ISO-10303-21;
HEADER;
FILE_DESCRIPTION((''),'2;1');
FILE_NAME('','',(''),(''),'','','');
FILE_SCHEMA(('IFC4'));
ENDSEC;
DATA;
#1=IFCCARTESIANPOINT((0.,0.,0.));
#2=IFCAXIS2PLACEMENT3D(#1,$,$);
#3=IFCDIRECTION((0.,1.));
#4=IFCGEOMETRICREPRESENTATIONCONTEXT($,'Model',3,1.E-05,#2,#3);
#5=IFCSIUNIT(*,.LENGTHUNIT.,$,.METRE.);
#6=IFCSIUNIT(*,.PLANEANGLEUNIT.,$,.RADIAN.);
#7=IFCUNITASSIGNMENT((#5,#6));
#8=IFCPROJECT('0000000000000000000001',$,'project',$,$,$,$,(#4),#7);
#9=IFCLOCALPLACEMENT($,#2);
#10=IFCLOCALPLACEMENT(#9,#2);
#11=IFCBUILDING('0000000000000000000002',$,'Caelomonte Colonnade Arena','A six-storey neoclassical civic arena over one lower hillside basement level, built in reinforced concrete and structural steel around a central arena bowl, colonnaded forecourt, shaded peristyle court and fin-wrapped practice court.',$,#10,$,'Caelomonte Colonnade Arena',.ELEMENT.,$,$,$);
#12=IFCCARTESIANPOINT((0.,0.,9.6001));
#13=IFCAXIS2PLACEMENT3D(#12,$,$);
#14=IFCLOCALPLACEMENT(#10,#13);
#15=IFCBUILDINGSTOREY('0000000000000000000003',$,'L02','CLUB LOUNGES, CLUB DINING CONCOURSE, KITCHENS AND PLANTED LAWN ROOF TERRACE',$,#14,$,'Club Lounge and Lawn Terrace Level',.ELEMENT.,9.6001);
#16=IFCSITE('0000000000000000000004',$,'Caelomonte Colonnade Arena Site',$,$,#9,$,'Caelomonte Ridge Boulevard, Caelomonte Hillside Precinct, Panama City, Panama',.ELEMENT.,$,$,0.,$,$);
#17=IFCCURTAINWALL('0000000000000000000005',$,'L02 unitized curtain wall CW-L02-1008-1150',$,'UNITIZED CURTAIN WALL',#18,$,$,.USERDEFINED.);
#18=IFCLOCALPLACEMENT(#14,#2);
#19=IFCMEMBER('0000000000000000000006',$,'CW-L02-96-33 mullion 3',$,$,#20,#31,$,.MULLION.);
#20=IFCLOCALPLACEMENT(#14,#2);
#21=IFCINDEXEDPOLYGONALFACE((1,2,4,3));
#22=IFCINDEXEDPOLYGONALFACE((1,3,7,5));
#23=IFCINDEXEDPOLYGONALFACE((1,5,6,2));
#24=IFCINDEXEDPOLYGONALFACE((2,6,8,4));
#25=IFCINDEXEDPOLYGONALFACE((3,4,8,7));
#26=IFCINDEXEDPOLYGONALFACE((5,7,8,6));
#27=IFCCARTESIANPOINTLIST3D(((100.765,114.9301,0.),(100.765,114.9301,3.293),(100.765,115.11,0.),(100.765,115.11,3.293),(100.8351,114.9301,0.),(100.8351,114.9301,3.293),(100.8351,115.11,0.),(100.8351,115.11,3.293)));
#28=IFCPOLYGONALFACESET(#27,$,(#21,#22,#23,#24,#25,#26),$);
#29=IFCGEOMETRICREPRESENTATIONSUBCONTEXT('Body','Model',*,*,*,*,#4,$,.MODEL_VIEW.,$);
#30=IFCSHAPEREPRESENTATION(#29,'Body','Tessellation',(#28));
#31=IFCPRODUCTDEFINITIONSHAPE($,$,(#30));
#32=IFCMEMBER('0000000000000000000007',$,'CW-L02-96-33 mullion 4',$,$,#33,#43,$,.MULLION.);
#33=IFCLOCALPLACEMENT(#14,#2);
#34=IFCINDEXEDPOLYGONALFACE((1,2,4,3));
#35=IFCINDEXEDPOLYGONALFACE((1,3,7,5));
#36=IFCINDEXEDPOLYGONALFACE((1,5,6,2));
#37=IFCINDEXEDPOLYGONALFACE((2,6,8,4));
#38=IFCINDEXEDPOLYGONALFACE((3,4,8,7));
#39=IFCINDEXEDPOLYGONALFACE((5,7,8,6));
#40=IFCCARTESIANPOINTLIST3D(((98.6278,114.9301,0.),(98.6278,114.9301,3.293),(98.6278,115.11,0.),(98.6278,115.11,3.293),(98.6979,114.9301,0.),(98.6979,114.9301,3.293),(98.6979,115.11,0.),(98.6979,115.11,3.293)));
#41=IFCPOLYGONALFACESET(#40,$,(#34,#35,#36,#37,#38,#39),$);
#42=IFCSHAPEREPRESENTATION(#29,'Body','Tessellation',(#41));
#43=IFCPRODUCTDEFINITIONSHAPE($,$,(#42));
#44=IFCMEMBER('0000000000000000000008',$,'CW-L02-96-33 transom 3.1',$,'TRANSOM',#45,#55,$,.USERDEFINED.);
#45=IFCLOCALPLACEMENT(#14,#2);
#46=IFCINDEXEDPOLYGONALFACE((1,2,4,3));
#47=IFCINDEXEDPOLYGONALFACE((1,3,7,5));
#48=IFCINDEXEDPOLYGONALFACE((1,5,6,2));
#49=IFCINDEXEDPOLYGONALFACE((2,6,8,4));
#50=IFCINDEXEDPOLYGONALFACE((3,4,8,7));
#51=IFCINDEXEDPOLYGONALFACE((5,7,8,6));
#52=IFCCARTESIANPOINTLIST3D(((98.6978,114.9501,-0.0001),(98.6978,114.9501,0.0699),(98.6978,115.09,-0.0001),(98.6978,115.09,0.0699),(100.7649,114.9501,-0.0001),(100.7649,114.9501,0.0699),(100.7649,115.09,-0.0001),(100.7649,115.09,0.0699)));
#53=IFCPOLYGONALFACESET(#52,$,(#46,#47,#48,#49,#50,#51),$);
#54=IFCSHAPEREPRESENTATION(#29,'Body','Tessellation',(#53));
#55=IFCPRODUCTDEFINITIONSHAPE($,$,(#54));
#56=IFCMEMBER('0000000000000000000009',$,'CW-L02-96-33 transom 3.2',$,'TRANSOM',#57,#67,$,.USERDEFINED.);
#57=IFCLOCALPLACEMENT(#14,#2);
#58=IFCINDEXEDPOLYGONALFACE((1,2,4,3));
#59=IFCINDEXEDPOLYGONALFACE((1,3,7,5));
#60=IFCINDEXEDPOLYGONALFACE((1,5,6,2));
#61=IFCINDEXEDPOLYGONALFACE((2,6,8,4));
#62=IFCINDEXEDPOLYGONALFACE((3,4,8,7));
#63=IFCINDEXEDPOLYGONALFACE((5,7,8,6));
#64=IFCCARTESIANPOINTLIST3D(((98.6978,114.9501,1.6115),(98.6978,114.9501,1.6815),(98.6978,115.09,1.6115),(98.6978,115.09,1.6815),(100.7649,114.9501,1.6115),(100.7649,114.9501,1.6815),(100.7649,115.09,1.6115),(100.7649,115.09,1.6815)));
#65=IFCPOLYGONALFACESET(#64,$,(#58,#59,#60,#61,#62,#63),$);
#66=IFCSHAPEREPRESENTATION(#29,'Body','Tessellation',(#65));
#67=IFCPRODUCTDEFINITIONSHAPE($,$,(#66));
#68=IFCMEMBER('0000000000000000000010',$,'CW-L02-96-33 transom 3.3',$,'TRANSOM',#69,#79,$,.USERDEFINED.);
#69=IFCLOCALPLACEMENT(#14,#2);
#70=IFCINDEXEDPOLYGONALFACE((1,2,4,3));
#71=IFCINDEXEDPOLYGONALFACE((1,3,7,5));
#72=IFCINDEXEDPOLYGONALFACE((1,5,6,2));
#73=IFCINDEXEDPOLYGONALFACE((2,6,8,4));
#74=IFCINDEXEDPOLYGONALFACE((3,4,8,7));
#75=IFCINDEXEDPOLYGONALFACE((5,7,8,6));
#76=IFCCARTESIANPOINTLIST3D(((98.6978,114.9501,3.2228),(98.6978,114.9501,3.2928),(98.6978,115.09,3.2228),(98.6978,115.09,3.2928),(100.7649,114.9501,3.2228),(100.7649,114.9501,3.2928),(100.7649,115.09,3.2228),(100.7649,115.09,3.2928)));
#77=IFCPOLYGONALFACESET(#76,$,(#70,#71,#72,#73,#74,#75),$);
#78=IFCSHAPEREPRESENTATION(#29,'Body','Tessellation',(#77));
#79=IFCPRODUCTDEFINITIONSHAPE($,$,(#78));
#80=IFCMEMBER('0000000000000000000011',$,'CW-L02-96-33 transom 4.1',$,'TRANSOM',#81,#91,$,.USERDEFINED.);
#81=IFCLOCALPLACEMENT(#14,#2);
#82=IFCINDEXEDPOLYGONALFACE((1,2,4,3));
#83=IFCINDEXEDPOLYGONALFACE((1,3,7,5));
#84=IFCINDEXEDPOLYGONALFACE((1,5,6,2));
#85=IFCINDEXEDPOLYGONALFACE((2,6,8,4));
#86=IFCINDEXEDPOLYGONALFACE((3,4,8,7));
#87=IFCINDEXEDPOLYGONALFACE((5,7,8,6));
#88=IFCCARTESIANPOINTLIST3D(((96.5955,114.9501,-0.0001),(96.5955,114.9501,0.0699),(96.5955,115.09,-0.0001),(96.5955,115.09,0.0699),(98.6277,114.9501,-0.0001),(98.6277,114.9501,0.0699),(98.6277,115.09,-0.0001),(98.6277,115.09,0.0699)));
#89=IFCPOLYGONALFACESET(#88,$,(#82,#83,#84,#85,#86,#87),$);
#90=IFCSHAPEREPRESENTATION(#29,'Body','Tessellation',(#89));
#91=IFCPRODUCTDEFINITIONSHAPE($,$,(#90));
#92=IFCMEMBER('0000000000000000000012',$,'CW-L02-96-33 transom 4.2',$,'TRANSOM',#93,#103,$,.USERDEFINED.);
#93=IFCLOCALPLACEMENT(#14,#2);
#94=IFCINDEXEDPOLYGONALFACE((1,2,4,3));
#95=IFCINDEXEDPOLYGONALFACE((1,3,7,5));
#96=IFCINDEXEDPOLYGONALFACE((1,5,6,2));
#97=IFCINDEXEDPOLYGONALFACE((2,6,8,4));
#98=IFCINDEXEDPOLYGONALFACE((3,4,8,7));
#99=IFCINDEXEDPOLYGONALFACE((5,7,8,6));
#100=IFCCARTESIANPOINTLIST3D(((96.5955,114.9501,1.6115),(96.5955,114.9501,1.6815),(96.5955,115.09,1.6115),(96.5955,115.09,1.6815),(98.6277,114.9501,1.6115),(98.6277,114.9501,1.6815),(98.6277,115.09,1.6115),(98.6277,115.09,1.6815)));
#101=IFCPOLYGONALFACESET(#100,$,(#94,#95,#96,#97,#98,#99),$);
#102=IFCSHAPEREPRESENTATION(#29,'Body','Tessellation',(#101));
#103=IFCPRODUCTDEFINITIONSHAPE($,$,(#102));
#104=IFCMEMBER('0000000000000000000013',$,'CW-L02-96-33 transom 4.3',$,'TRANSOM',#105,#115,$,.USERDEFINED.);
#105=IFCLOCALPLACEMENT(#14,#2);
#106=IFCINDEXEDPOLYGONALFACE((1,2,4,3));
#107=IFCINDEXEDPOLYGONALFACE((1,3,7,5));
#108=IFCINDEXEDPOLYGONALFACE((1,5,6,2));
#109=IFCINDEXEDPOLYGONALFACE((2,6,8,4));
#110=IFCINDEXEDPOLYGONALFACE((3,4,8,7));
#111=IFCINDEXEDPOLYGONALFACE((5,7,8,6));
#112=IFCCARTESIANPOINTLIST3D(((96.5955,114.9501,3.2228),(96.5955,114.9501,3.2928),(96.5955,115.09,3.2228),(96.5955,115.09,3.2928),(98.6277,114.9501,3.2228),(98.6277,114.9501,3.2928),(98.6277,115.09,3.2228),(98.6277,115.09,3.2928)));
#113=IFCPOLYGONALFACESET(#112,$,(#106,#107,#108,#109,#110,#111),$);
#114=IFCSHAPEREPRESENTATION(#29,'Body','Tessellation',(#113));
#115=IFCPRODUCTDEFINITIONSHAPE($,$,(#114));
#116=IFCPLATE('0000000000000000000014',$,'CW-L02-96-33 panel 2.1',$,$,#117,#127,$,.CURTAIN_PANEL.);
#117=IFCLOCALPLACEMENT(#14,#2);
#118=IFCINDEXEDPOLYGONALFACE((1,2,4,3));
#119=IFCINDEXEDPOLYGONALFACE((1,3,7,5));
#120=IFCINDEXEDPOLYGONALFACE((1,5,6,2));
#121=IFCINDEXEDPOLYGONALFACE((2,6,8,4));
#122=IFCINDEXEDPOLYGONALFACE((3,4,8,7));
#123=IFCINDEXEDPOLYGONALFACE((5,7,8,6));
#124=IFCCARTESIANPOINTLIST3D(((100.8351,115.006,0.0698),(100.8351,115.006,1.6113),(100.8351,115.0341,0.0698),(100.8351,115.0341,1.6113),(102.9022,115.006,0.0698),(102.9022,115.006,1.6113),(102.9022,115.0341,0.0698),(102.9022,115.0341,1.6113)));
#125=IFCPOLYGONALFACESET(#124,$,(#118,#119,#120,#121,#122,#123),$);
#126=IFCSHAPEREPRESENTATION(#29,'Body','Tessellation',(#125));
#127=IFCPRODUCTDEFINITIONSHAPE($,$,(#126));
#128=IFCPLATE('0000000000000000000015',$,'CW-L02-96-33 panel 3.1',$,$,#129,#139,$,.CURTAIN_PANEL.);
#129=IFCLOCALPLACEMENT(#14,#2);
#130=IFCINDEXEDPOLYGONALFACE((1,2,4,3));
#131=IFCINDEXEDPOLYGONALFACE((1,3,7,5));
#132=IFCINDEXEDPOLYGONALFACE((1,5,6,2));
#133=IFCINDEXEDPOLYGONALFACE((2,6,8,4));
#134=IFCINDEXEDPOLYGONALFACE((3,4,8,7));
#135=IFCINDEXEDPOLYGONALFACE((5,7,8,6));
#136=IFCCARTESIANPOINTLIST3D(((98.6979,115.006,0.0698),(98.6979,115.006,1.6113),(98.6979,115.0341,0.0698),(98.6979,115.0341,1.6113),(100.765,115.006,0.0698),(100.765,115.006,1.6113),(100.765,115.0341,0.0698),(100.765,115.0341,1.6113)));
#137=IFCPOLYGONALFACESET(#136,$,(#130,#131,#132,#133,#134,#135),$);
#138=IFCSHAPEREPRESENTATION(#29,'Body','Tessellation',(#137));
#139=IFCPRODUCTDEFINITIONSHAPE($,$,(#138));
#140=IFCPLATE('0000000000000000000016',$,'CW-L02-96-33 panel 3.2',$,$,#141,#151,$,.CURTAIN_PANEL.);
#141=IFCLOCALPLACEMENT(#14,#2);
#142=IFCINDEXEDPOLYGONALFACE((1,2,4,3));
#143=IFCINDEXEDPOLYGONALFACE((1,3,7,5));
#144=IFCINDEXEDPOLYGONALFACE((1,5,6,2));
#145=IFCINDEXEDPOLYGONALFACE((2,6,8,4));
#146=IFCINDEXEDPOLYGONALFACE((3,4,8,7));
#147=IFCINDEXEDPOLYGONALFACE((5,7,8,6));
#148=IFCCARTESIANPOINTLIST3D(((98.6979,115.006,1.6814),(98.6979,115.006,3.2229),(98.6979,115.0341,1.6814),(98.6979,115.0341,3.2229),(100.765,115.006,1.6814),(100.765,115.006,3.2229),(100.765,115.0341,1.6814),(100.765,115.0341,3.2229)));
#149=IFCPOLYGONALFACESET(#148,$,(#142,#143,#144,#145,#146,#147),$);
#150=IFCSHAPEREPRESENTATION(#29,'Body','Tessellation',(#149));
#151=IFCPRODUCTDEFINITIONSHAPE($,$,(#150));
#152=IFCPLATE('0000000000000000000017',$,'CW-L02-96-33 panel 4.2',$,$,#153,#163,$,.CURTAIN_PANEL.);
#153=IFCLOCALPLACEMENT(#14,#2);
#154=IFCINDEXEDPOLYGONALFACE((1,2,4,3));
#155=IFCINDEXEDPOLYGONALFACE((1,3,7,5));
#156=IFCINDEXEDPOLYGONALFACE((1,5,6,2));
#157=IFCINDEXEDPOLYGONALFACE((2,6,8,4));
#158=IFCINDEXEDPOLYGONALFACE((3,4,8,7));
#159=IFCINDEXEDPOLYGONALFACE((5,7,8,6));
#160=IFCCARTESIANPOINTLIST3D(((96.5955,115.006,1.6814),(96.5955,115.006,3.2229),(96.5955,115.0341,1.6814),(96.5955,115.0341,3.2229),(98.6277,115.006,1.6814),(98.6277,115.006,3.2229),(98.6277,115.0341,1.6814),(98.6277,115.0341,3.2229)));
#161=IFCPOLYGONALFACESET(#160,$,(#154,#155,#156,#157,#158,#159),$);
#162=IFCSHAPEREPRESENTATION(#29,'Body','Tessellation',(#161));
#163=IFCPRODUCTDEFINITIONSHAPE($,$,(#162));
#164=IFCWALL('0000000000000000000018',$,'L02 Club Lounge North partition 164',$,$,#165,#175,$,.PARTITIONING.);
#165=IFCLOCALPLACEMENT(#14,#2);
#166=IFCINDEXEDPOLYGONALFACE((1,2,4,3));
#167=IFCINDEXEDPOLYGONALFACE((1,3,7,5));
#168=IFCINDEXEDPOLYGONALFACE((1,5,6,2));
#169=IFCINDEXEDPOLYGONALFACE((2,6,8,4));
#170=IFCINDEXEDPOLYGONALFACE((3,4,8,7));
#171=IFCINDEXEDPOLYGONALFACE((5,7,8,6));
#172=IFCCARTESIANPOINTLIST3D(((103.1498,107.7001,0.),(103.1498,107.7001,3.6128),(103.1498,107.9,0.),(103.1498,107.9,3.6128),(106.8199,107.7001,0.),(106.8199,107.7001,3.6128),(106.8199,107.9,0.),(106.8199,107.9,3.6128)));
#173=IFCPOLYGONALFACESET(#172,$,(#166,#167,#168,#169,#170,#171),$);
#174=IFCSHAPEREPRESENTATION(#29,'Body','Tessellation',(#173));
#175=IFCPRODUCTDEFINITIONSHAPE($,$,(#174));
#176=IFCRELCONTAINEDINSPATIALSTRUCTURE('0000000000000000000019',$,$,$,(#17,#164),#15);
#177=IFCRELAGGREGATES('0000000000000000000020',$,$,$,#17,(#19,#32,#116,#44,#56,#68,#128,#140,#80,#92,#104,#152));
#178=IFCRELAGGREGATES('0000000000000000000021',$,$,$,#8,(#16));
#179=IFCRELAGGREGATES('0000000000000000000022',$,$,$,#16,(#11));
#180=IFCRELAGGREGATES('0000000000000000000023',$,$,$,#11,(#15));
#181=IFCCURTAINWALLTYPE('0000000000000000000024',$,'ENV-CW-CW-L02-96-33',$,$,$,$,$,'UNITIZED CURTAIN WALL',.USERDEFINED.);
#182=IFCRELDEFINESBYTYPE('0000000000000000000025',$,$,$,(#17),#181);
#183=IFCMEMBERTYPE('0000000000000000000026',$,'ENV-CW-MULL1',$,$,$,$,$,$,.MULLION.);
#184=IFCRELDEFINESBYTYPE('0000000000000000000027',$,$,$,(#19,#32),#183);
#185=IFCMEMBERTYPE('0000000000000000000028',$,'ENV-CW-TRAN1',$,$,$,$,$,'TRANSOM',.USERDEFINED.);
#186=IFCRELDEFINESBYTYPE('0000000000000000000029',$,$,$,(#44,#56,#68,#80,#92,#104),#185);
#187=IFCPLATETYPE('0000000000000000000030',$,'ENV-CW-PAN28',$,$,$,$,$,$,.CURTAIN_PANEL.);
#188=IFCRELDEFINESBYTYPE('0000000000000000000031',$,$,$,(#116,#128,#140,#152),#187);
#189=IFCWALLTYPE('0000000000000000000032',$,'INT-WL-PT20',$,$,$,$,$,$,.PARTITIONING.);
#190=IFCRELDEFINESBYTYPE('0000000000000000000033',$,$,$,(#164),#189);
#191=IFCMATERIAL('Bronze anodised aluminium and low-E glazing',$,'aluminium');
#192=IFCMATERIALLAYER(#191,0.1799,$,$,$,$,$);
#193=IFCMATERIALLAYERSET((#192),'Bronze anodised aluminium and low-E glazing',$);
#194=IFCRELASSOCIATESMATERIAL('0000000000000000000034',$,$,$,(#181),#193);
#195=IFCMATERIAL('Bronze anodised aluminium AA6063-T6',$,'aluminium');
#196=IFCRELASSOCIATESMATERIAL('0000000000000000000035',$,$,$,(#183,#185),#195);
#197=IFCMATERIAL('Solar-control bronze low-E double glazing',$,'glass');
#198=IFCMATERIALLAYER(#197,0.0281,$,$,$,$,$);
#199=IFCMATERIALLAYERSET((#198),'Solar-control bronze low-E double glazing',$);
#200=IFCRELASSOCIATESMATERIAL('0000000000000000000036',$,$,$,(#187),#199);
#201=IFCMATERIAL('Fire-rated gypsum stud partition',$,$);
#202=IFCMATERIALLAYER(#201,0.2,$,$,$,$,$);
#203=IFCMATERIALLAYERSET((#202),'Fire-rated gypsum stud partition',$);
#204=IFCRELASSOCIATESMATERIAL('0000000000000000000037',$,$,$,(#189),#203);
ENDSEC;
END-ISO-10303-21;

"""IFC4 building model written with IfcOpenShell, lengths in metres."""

from ifc_helpers import new_model, si_unit, direction, frame, frame_2d, origin, origin_2d, place, context, subcontext, project, spatial, rectangle, extrude, material, layer, layer_set, material_profile, profile_set, type_object, element, aggregate, save


model = new_model("IFC4")

# Units and contexts
model_context = context("Model", 3, precision=1e-05, world=origin(), true_north=direction((0.0, 1.0)))
body_context = subcontext(model_context, "Body", "Model", "MODEL_VIEW")
ifc_project = project(units=[si_unit("LENGTHUNIT", "METRE"), si_unit("PLANEANGLEUNIT", "RADIAN")], contexts=[model_context])

# Site, building, storey
site_placement = place(None, origin())
site = spatial("IfcSite", under=ifc_project, at=site_placement, Name="Caelomonte Colonnade Arena Site", LongName="Caelomonte Ridge Boulevard, Caelomonte Hillside Precinct, Panama City, Panama", CompositionType="ELEMENT", RefElevation=0.0)
building_placement = place(site_placement, origin())
building = spatial("IfcBuilding", under=site, at=building_placement, Name="Caelomonte Colonnade Arena", Description="A six-storey neoclassical civic arena over one lower hillside basement level, built in reinforced concrete and structural steel around a central arena bowl, colonnaded forecourt, shaded peristyle court and fin-wrapped practice court.", LongName="Caelomonte Colonnade Arena", CompositionType="ELEMENT")
storey_placement = place(building_placement, frame((0.0, 0.0, 9.6001)))
storey = spatial("IfcBuildingStorey", under=building, at=storey_placement, Name="L02", Description="CLUB LOUNGES, CLUB DINING CONCOURSE, KITCHENS AND PLANTED LAWN ROOF TERRACE", LongName="Club Lounge and Lawn Terrace Level", CompositionType="ELEMENT", Elevation=9.6001)

# Curtain wall, members, plates
ifc_material_1 = material(Name="Bronze anodised aluminium and low-E glazing", Category="aluminium")
ifc_layer_1 = layer(ifc_material_1, 0.1799)
ifc_layer_set_1 = layer_set([ifc_layer_1], Name="Bronze anodised aluminium and low-E glazing")
curtain_wall_type = type_object("IfcCurtainWallType", Name="ENV-CW-CW-L02-96-33", ElementType="UNITIZED CURTAIN WALL", PredefinedType="USERDEFINED", material=ifc_layer_set_1)
curtain_wall_placement = place(storey_placement, origin())
curtain_wall = element("IfcCurtainWall", 1, at=curtain_wall_placement, inside=storey, type_object=curtain_wall_type, Name="L02 unitized curtain wall CW-L02-1008-1150", ObjectType="UNITIZED CURTAIN WALL", PredefinedType="USERDEFINED")
ifc_material_2 = material(Name="Bronze anodised aluminium AA6063-T6", Category="aluminium")
ifc_material_profile_1 = material_profile(ifc_material_2, rectangle(XDim=0.0701, YDim=0.1799, at=origin_2d()), Name="CWM-70X180")
ifc_profile_set_1 = profile_set([ifc_material_profile_1], Name="Bronze anodised aluminium AA6063-T6")
member_type_1 = type_object("IfcMemberType", Name="ENV-CW-MULL1", PredefinedType="MULLION", material=ifc_profile_set_1)
member_1_placement = place(storey_placement, frame((100.8, 115.02, 0.0), z_axis=(0.0, 0.0, 1.0), x_axis=(-1.0, 0.0, 0.0)))
member_1 = element("IfcMember", 2, at=member_1_placement, type_object=member_type_1, Name="CW-L02-96-33 mullion 3", PredefinedType="MULLION", context=body_context, shape_type="SweptSolid", body=[
    extrude(rectangle(XDim=0.0701, YDim=0.1799, at=origin_2d()), origin(), (0.0, 0.0, 1.0), 3.293),
])
member_2_placement = place(storey_placement, frame((98.6628, 115.02, 0.0), z_axis=(0.0, 0.0, 1.0), x_axis=(-1.0, 0.0, 0.0)))
member_2 = element("IfcMember", 3, at=member_2_placement, type_object=member_type_1, Name="CW-L02-96-33 mullion 4", PredefinedType="MULLION", context=body_context, shape_type="SweptSolid", body=[
    extrude(rectangle(XDim=0.0701, YDim=0.1799, at=origin_2d()), origin(), (0.0, 0.0, 1.0), 3.293),
])
ifc_material_profile_2 = material_profile(ifc_material_2, rectangle(XDim=0.0701, YDim=0.1399, at=origin_2d()), Name="CWT-70X140")
ifc_profile_set_2 = profile_set([ifc_material_profile_2], Name="Bronze anodised aluminium AA6063-T6")
member_type_2 = type_object("IfcMemberType", Name="ENV-CW-TRAN1", ElementType="TRANSOM", PredefinedType="USERDEFINED", material=ifc_profile_set_2)
member_3_placement = place(storey_placement, frame((100.7649, 115.02, 0.0349), z_axis=(-1.0, 0.0, 0.0), x_axis=(0.0, 0.0, 1.0)))
member_3 = element("IfcMember", 4, at=member_3_placement, type_object=member_type_2, Name="CW-L02-96-33 transom 3.1", ObjectType="TRANSOM", PredefinedType="USERDEFINED", context=body_context, shape_type="SweptSolid", body=[
    extrude(rectangle(XDim=0.0701, YDim=0.1399, at=origin_2d()), origin(), (0.0, 0.0, 1.0), 2.0671),
])
member_4_placement = place(storey_placement, frame((100.7649, 115.02, 1.6465), z_axis=(-1.0, 0.0, 0.0), x_axis=(0.0, 0.0, 1.0)))
member_4 = element("IfcMember", 5, at=member_4_placement, type_object=member_type_2, Name="CW-L02-96-33 transom 3.2", ObjectType="TRANSOM", PredefinedType="USERDEFINED", context=body_context, shape_type="SweptSolid", body=[
    extrude(rectangle(XDim=0.0701, YDim=0.1399, at=origin_2d()), origin(), (0.0, 0.0, 1.0), 2.0671),
])
member_5_placement = place(storey_placement, frame((100.7649, 115.02, 3.2578), z_axis=(-1.0, 0.0, 0.0), x_axis=(0.0, 0.0, 1.0)))
member_5 = element("IfcMember", 6, at=member_5_placement, type_object=member_type_2, Name="CW-L02-96-33 transom 3.3", ObjectType="TRANSOM", PredefinedType="USERDEFINED", context=body_context, shape_type="SweptSolid", body=[
    extrude(rectangle(XDim=0.0701, YDim=0.1399, at=origin_2d()), origin(), (0.0, 0.0, 1.0), 2.0671),
])
member_6_placement = place(storey_placement, frame((98.6277, 115.02, 0.0349), z_axis=(-1.0, 0.0, 0.0), x_axis=(0.0, 0.0, 1.0)))
member_6 = element("IfcMember", 7, at=member_6_placement, type_object=member_type_2, Name="CW-L02-96-33 transom 4.1", ObjectType="TRANSOM", PredefinedType="USERDEFINED", context=body_context, shape_type="SweptSolid", body=[
    extrude(rectangle(XDim=0.0701, YDim=0.1399, at=origin_2d()), origin(), (0.0, 0.0, 1.0), 2.0322),
])
member_7_placement = place(storey_placement, frame((98.6277, 115.02, 1.6465), z_axis=(-1.0, 0.0, 0.0), x_axis=(0.0, 0.0, 1.0)))
member_7 = element("IfcMember", 8, at=member_7_placement, type_object=member_type_2, Name="CW-L02-96-33 transom 4.2", ObjectType="TRANSOM", PredefinedType="USERDEFINED", context=body_context, shape_type="SweptSolid", body=[
    extrude(rectangle(XDim=0.0701, YDim=0.1399, at=origin_2d()), origin(), (0.0, 0.0, 1.0), 2.0322),
])
member_8_placement = place(storey_placement, frame((98.6277, 115.02, 3.2578), z_axis=(-1.0, 0.0, 0.0), x_axis=(0.0, 0.0, 1.0)))
member_8 = element("IfcMember", 9, at=member_8_placement, type_object=member_type_2, Name="CW-L02-96-33 transom 4.3", ObjectType="TRANSOM", PredefinedType="USERDEFINED", context=body_context, shape_type="SweptSolid", body=[
    extrude(rectangle(XDim=0.0701, YDim=0.1399, at=origin_2d()), origin(), (0.0, 0.0, 1.0), 2.0322),
])
ifc_material_3 = material(Name="Solar-control bronze low-E double glazing", Category="glass")
ifc_layer_2 = layer(ifc_material_3, 0.0281)
ifc_layer_set_2 = layer_set([ifc_layer_2], Name="Solar-control bronze low-E double glazing")
plate_type = type_object("IfcPlateType", Name="ENV-CW-PAN28", PredefinedType="CURTAIN_PANEL", material=ifc_layer_set_2)
plate_1_placement = place(storey_placement, frame((101.8687, 115.02, 0.0698), z_axis=(0.0, 0.0, 1.0), x_axis=(-1.0, 0.0, 0.0)))
plate_1 = element("IfcPlate", 10, at=plate_1_placement, type_object=plate_type, Name="CW-L02-96-33 panel 2.1", PredefinedType="CURTAIN_PANEL", context=body_context, shape_type="SweptSolid", body=[
    extrude(rectangle(XDim=2.0671, YDim=0.0281, at=origin_2d()), origin(), (0.0, 0.0, 1.0), 1.5415),
])
plate_2_placement = place(storey_placement, frame((99.7314, 115.02, 0.0698), z_axis=(0.0, 0.0, 1.0), x_axis=(-1.0, 0.0, 0.0)))
plate_2 = element("IfcPlate", 11, at=plate_2_placement, type_object=plate_type, Name="CW-L02-96-33 panel 3.1", PredefinedType="CURTAIN_PANEL", context=body_context, shape_type="SweptSolid", body=[
    extrude(rectangle(XDim=2.0671, YDim=0.0281, at=origin_2d()), origin(), (0.0, 0.0, 1.0), 1.5415),
])
plate_3_placement = place(storey_placement, frame((99.7314, 115.02, 1.6814), z_axis=(0.0, 0.0, 1.0), x_axis=(-1.0, 0.0, 0.0)))
plate_3 = element("IfcPlate", 12, at=plate_3_placement, type_object=plate_type, Name="CW-L02-96-33 panel 3.2", PredefinedType="CURTAIN_PANEL", context=body_context, shape_type="SweptSolid", body=[
    extrude(rectangle(XDim=2.0671, YDim=0.0281, at=origin_2d()), origin(), (0.0, 0.0, 1.0), 1.5415),
])
plate_4_placement = place(storey_placement, frame((97.6116, 115.02, 1.6814), z_axis=(0.0, 0.0, 1.0), x_axis=(-1.0, 0.0, 0.0)))
plate_4 = element("IfcPlate", 13, at=plate_4_placement, type_object=plate_type, Name="CW-L02-96-33 panel 4.2", PredefinedType="CURTAIN_PANEL", context=body_context, shape_type="SweptSolid", body=[
    extrude(rectangle(XDim=2.0322, YDim=0.0281, at=origin_2d()), origin(), (0.0, 0.0, 1.0), 1.5415),
])
aggregate(curtain_wall, [member_1, member_2, plate_1, member_3, member_4, member_5, plate_2, plate_3, member_6, member_7, member_8, plate_4])

# Wall
ifc_material_4 = material(Name="Fire-rated gypsum stud partition")
ifc_layer_3 = layer(ifc_material_4, 0.2)
ifc_layer_set_3 = layer_set([ifc_layer_3], Name="Fire-rated gypsum stud partition")
wall_type_1 = type_object("IfcWallType", Name="INT-WL-PT20", PredefinedType="PARTITIONING", material=ifc_layer_set_3)
wall_1_placement = place(storey_placement, frame((103.1499, 107.8, 0.0), z_axis=(0.0, 0.0, 1.0), x_axis=(1.0, 0.0, 0.0)))
element("IfcWall", 14, at=wall_1_placement, inside=storey, type_object=wall_type_1, Name="L02 Club Lounge North partition 164", PredefinedType="PARTITIONING", context=body_context, shape_type="SweptSolid", body=[
    extrude(rectangle(XDim=3.6702, YDim=0.2, at=frame_2d((1.835, 0.0))), origin(), (0.0, 0.0, 1.0), 3.6128),
])

save(model, "model.ifc")
